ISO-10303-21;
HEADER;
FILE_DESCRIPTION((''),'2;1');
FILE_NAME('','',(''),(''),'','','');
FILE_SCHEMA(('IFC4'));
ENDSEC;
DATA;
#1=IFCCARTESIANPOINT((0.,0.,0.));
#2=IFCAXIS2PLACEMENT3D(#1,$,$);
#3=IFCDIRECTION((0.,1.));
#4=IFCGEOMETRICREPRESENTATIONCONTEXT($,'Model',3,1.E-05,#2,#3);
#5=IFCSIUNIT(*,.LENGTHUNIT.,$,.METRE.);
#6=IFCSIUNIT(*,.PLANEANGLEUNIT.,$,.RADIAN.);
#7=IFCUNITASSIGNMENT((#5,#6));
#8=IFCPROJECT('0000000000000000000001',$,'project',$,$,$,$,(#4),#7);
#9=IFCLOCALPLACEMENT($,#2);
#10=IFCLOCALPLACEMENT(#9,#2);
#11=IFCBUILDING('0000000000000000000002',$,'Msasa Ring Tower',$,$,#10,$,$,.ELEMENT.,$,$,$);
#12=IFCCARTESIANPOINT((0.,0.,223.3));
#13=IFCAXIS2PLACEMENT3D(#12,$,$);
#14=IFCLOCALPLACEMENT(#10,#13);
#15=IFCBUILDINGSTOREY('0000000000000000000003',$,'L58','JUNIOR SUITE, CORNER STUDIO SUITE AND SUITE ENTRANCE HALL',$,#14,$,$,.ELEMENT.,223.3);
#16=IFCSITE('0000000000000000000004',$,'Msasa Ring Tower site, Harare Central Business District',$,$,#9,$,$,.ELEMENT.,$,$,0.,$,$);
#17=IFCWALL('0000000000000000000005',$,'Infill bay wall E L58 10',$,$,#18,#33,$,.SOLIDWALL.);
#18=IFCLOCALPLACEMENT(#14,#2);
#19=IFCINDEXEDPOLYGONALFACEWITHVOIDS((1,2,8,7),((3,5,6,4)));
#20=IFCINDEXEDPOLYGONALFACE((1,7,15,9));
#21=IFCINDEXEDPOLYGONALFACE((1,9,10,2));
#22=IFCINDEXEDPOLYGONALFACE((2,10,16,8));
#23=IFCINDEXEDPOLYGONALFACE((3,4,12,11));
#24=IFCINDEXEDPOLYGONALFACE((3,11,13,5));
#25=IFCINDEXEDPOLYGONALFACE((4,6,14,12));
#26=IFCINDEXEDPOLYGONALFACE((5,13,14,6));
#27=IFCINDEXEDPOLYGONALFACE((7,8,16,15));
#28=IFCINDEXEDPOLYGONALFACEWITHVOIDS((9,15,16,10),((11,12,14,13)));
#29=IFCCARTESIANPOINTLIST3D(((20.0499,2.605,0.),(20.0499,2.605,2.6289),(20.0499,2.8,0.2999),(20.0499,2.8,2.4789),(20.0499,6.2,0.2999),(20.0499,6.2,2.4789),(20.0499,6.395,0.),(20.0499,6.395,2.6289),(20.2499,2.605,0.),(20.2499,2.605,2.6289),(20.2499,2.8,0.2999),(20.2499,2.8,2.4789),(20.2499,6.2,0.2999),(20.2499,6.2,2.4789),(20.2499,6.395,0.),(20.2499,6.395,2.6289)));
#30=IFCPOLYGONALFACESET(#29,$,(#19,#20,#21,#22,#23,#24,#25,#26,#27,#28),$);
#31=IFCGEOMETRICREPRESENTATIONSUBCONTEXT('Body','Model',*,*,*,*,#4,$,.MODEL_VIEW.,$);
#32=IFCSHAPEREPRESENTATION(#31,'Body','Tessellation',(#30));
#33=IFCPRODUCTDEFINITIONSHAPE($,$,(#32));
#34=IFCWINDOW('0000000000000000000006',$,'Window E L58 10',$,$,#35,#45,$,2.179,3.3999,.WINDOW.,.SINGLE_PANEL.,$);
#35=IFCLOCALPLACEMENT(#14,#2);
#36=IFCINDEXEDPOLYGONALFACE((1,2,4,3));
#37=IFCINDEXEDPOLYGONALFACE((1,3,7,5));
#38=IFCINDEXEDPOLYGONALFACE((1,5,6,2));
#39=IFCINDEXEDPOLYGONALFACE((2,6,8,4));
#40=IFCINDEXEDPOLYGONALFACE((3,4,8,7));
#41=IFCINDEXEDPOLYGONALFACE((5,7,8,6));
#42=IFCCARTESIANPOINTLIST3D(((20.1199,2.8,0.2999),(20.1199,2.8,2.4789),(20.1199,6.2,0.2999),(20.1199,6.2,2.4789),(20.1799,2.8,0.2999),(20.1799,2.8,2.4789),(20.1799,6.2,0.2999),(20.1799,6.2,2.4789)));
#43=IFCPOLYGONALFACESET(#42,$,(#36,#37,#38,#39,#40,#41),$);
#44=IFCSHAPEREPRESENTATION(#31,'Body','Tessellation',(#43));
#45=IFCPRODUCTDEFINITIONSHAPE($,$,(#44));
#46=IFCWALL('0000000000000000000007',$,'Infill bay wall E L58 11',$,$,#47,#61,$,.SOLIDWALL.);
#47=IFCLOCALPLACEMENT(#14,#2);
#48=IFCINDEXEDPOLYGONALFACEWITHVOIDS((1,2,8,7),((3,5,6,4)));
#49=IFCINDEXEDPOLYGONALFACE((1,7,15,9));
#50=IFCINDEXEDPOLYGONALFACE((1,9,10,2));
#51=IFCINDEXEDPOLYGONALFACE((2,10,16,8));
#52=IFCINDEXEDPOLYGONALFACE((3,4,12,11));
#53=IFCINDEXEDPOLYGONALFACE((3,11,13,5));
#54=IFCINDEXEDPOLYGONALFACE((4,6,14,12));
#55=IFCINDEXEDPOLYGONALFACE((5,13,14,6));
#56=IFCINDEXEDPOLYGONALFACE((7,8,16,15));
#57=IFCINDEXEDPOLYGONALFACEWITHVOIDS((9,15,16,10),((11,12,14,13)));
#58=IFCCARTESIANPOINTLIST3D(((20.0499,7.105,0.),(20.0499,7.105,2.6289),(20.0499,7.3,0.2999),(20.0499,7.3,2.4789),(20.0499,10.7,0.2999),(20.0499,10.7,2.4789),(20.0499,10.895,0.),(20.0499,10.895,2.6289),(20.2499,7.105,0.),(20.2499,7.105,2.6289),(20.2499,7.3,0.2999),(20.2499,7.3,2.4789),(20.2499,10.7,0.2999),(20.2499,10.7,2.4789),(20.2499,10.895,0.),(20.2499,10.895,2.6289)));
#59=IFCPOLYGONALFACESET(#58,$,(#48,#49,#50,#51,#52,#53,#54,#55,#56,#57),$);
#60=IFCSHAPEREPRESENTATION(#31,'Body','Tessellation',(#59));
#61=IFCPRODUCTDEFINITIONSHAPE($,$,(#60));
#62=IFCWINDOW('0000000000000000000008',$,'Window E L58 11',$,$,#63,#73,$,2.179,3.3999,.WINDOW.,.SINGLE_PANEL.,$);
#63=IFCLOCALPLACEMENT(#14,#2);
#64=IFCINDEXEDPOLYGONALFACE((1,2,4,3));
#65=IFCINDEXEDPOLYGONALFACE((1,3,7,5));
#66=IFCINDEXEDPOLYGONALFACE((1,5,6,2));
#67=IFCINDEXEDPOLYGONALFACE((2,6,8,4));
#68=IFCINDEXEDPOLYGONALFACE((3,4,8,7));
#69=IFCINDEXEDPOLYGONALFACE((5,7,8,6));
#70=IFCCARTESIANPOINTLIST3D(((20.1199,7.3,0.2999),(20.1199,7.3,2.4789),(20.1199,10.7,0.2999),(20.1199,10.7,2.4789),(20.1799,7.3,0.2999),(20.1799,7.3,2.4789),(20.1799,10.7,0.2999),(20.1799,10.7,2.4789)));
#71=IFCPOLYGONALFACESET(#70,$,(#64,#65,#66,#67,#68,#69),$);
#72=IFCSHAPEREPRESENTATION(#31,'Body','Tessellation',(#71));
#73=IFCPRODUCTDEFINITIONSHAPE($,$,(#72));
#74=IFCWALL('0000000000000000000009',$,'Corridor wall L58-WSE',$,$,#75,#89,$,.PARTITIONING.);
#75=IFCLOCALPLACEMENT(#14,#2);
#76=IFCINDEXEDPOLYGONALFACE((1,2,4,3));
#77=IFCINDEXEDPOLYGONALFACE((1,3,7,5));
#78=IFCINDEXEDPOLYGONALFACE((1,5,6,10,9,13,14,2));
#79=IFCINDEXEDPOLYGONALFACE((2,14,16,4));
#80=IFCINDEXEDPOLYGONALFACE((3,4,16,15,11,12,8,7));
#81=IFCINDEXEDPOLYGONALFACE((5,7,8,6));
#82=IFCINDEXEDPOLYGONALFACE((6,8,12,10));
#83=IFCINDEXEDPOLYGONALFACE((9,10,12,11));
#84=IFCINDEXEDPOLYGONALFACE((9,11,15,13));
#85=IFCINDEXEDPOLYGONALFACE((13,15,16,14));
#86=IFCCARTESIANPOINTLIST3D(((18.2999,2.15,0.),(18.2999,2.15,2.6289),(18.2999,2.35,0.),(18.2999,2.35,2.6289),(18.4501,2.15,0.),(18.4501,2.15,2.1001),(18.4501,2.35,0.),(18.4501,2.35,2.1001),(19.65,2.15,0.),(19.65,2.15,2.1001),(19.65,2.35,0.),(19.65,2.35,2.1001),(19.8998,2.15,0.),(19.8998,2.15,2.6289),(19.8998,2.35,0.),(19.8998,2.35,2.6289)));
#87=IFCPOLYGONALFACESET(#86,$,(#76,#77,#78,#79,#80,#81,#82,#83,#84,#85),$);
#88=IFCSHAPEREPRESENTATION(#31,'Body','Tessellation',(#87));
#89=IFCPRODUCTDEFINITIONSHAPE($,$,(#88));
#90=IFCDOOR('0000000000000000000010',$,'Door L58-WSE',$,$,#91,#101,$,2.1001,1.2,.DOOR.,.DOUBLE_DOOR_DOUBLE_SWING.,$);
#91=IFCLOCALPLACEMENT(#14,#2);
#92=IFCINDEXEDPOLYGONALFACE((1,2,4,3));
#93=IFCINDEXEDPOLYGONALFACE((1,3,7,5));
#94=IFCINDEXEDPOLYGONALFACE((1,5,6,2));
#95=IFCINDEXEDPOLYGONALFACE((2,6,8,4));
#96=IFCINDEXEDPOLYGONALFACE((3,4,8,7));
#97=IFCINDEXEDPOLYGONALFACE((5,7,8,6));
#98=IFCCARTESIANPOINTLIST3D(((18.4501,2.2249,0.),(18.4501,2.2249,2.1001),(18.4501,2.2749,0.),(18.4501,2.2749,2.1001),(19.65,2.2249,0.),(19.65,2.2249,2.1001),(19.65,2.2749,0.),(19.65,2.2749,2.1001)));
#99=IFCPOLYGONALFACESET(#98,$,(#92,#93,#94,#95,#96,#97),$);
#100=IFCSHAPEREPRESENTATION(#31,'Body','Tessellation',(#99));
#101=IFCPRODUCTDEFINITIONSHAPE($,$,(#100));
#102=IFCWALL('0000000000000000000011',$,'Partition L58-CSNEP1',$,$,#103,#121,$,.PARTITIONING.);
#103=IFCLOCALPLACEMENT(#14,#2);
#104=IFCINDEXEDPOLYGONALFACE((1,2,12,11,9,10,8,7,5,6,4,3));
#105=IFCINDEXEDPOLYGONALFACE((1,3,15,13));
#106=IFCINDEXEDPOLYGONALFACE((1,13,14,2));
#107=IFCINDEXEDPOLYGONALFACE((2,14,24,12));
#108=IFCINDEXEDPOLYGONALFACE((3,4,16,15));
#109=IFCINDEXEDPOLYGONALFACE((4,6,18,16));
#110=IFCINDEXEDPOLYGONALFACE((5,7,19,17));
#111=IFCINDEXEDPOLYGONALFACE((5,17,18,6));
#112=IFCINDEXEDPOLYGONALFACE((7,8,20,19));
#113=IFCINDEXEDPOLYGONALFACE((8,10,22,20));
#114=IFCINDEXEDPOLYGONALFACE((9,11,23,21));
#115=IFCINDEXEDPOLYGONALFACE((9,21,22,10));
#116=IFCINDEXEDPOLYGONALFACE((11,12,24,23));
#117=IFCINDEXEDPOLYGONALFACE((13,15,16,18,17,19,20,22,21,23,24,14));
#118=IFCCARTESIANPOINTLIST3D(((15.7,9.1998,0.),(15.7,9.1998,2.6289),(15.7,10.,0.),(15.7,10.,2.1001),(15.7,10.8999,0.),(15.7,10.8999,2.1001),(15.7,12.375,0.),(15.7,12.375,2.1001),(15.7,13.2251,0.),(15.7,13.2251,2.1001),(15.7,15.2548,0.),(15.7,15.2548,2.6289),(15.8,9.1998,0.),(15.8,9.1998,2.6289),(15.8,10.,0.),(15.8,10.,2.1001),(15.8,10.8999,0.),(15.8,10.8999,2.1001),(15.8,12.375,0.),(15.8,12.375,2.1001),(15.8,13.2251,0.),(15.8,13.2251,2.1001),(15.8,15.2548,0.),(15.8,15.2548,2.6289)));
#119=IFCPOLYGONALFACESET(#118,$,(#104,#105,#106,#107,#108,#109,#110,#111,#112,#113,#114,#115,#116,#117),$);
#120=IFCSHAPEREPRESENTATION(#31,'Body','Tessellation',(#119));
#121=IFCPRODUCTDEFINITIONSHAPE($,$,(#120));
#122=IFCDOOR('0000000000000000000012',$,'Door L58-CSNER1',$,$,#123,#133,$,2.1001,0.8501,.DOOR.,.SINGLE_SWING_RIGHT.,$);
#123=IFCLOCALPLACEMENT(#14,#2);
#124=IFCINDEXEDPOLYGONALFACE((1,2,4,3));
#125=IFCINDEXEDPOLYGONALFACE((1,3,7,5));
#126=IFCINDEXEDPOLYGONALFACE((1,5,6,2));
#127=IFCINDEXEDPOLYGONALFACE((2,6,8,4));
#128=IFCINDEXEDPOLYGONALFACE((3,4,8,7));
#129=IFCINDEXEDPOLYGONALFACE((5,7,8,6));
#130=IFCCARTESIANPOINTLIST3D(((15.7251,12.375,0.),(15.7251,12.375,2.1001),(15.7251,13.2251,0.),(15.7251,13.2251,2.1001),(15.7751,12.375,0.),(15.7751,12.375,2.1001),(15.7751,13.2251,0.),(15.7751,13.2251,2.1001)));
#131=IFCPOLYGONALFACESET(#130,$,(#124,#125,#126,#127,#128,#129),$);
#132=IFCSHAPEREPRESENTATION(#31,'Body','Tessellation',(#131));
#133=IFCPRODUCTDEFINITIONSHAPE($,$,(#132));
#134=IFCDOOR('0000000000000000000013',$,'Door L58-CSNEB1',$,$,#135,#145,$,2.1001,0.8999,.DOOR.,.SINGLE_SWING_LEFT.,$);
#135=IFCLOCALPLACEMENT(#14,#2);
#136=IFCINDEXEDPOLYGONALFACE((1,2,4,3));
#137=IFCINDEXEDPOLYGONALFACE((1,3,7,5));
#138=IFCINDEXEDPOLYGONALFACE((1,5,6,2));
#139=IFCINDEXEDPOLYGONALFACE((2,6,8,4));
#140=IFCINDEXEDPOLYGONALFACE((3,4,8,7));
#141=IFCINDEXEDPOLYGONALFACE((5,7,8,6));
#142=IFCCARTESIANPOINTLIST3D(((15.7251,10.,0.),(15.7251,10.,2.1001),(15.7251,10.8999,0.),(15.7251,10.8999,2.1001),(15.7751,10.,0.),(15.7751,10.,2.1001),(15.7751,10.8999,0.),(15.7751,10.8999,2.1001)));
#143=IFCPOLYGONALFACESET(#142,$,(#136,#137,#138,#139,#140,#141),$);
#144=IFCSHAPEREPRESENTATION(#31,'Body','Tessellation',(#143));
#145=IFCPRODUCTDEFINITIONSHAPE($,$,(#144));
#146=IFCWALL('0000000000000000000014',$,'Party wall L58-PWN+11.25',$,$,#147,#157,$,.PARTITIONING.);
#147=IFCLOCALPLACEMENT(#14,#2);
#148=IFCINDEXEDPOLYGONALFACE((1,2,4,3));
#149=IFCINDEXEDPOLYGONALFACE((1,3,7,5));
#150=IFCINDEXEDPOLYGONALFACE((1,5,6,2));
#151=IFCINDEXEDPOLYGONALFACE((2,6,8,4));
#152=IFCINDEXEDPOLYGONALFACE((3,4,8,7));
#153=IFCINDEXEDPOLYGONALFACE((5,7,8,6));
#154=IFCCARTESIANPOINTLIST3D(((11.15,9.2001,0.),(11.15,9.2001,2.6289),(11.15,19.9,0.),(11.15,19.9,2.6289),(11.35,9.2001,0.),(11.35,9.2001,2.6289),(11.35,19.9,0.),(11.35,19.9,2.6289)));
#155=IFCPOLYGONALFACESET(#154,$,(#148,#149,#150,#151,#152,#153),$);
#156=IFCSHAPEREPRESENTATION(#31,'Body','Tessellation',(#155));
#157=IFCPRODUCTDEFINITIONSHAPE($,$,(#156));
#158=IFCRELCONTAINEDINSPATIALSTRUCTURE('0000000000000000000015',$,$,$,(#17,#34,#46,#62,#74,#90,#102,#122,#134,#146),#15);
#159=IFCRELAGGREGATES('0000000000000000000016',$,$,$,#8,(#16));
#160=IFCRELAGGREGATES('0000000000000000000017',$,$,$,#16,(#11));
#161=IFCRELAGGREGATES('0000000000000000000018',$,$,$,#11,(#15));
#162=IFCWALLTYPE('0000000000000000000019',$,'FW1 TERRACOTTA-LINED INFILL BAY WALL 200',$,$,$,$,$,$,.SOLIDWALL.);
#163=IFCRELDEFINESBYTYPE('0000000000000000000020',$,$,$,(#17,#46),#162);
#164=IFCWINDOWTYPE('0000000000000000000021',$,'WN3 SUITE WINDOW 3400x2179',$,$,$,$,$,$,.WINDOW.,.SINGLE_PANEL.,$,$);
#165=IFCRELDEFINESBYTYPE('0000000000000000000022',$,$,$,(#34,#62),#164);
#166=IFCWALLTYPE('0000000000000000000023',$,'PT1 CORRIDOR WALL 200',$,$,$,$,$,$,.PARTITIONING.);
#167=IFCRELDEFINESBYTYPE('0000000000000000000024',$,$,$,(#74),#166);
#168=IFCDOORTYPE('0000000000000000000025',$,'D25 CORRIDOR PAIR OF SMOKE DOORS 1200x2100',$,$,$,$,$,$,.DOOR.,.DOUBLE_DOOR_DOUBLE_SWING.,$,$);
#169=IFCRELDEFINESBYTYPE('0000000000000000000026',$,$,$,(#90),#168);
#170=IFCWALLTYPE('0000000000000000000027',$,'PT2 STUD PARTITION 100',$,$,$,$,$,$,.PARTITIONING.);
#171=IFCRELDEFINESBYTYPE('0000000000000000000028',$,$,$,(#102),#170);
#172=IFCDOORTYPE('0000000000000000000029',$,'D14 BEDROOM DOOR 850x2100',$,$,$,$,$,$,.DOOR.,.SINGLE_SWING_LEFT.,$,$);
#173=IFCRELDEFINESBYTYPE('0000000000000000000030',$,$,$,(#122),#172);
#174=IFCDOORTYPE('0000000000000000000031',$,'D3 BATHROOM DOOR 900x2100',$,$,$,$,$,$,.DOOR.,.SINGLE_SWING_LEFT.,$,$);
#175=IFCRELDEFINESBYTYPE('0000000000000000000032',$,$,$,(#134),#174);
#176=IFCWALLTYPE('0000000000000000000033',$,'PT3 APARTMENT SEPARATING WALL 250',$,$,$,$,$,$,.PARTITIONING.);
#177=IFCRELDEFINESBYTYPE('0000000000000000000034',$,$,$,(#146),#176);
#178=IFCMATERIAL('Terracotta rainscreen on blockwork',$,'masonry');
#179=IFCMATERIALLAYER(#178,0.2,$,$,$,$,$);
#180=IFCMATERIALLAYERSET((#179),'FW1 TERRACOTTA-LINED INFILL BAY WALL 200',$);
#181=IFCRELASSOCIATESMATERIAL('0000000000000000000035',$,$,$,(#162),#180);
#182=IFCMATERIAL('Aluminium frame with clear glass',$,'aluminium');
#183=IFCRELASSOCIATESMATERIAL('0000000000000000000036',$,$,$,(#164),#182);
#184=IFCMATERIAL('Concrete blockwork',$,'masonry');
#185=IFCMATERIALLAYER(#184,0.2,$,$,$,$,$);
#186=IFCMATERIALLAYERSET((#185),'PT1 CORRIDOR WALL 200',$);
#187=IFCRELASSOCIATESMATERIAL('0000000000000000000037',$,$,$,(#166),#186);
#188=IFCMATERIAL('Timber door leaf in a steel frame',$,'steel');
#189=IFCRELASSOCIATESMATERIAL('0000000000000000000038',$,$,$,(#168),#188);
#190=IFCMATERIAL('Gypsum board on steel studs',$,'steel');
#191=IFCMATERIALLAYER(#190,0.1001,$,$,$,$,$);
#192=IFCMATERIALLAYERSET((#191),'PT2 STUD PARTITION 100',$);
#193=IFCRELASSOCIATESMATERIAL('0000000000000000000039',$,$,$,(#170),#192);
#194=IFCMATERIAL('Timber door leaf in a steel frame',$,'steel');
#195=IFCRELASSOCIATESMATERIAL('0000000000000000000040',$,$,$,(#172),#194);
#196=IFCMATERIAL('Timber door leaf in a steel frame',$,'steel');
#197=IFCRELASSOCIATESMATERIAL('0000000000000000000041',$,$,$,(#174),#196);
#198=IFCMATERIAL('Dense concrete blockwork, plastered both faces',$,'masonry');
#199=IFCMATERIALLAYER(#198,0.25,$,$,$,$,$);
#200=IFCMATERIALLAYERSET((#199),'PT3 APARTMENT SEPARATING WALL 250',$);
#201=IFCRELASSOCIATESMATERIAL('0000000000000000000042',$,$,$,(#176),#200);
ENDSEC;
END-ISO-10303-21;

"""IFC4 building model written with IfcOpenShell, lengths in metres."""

from ifc_helpers import new_model, si_unit, direction, frame, frame_2d, origin, place, context, subcontext, project, spatial, rectangle, extrude, material, layer, layer_set, type_object, element, fill, save


model = new_model("IFC4")

# Units and contexts
model_context = context("Model", 3, precision=1e-05, world=origin(), true_north=direction((0.0, 1.0)))
body_context = subcontext(model_context, "Body", "Model", "MODEL_VIEW")
ifc_project = project(units=[si_unit("LENGTHUNIT", "METRE"), si_unit("PLANEANGLEUNIT", "RADIAN")], contexts=[model_context])

# Site, building, storey
site_placement = place(None, origin())
site = spatial("IfcSite", under=ifc_project, at=site_placement, Name="Msasa Ring Tower site, Harare Central Business District", CompositionType="ELEMENT", RefElevation=0.0)
building_placement = place(site_placement, origin())
building = spatial("IfcBuilding", under=site, at=building_placement, Name="Msasa Ring Tower", CompositionType="ELEMENT")
storey_placement = place(building_placement, frame((0.0, 0.0, 223.3)))
storey = spatial("IfcBuildingStorey", under=building, at=storey_placement, Name="L58", Description="JUNIOR SUITE, CORNER STUDIO SUITE AND SUITE ENTRANCE HALL", CompositionType="ELEMENT", Elevation=223.3)

# Walls, openings, windows
ifc_material_1 = material(Name="Terracotta rainscreen on blockwork", Category="masonry")
ifc_layer_1 = layer(ifc_material_1, 0.2)
ifc_layer_set_1 = layer_set([ifc_layer_1], Name="FW1 TERRACOTTA-LINED INFILL BAY WALL 200")
wall_type_1 = type_object("IfcWallType", Name="FW1 TERRACOTTA-LINED INFILL BAY WALL 200", PredefinedType="SOLIDWALL", material=ifc_layer_set_1)
wall_1_placement = place(storey_placement, frame((20.1499, 2.605, 0.0), z_axis=(0.0, 0.0, 1.0), x_axis=(0.0, 1.0, 0.0)))
wall_1 = element("IfcWall", 1, at=wall_1_placement, inside=storey, type_object=wall_type_1, Name="Infill bay wall E L58 10", PredefinedType="SOLIDWALL", context=body_context, shape_type="SweptSolid", body=[
    extrude(rectangle(XDim=3.79, YDim=0.2, at=frame_2d((1.895, 0.0))), origin(), (0.0, 0.0, 1.0), 2.6289),
])
opening_1_placement = place(wall_1_placement, frame((0.1951, 0.0, 0.3)))
opening_1 = element("IfcOpeningElement", 2, at=opening_1_placement, cuts=wall_1, PredefinedType="OPENING", context=body_context, shape_type="SweptSolid", body=[
    extrude(rectangle(XDim=3.3999, YDim=2.179, at=frame_2d((1.7, 1.0894))), frame((0.0, 0.1099, 0.0), z_axis=(0.0, -1.0, 0.0), x_axis=(1.0, 0.0, 0.0)), (0.0, 0.0, 1.0), 0.22),
])
ifc_material_2 = material(Name="Aluminium frame with clear glass", Category="aluminium")
window_type = type_object("IfcWindowType", Name="WN3 SUITE WINDOW 3400x2179", PartitioningType="SINGLE_PANEL", PredefinedType="WINDOW", material=ifc_material_2)
window_1_placement = place(opening_1_placement, origin())
window_1 = element("IfcWindow", 3, at=window_1_placement, inside=storey, type_object=window_type, Name="Window E L58 10", OverallHeight=2.179, OverallWidth=3.3999, PartitioningType="SINGLE_PANEL", PredefinedType="WINDOW", context=body_context, shape_type="SweptSolid", body=[
    extrude(rectangle(XDim=3.3999, YDim=2.179, at=frame_2d((1.7, 1.0894))), frame((0.0, 0.03, 0.0), z_axis=(0.0, -1.0, 0.0), x_axis=(1.0, 0.0, 0.0)), (0.0, 0.0, 1.0), 0.0601),
])
fill(opening_1, window_1)
wall_2_placement = place(storey_placement, frame((20.1499, 7.105, 0.0), z_axis=(0.0, 0.0, 1.0), x_axis=(0.0, 1.0, 0.0)))
wall_2 = element("IfcWall", 4, at=wall_2_placement, inside=storey, type_object=wall_type_1, Name="Infill bay wall E L58 11", PredefinedType="SOLIDWALL", context=body_context, shape_type="SweptSolid", body=[
    extrude(rectangle(XDim=3.79, YDim=0.2, at=frame_2d((1.895, 0.0))), origin(), (0.0, 0.0, 1.0), 2.6289),
])
opening_2_placement = place(wall_2_placement, frame((0.1951, 0.0, 0.3)))
opening_2 = element("IfcOpeningElement", 5, at=opening_2_placement, cuts=wall_2, PredefinedType="OPENING", context=body_context, shape_type="SweptSolid", body=[
    extrude(rectangle(XDim=3.3999, YDim=2.179, at=frame_2d((1.7, 1.0894))), frame((0.0, 0.1099, 0.0), z_axis=(0.0, -1.0, 0.0), x_axis=(1.0, 0.0, 0.0)), (0.0, 0.0, 1.0), 0.22),
])
window_2_placement = place(opening_2_placement, origin())
window_2 = element("IfcWindow", 6, at=window_2_placement, inside=storey, type_object=window_type, Name="Window E L58 11", OverallHeight=2.179, OverallWidth=3.3999, PartitioningType="SINGLE_PANEL", PredefinedType="WINDOW", context=body_context, shape_type="SweptSolid", body=[
    extrude(rectangle(XDim=3.3999, YDim=2.179, at=frame_2d((1.7, 1.0894))), frame((0.0, 0.03, 0.0), z_axis=(0.0, -1.0, 0.0), x_axis=(1.0, 0.0, 0.0)), (0.0, 0.0, 1.0), 0.0601),
])
fill(opening_2, window_2)

# Wall, opening, door
ifc_material_3 = material(Name="Concrete blockwork", Category="masonry")
ifc_layer_2 = layer(ifc_material_3, 0.2)
ifc_layer_set_2 = layer_set([ifc_layer_2], Name="PT1 CORRIDOR WALL 200")
wall_type_2 = type_object("IfcWallType", Name="PT1 CORRIDOR WALL 200", PredefinedType="PARTITIONING", material=ifc_layer_set_2)
wall_3_placement = place(storey_placement, frame((18.3, 2.25, 0.0), z_axis=(0.0, 0.0, 1.0), x_axis=(1.0, 0.0, 0.0)))
wall_3 = element("IfcWall", 7, at=wall_3_placement, inside=storey, type_object=wall_type_2, Name="Corridor wall L58-WSE", PredefinedType="PARTITIONING", context=body_context, shape_type="SweptSolid", body=[
    extrude(rectangle(XDim=1.5999, YDim=0.2, at=frame_2d((0.7998, 0.0))), origin(), (0.0, 0.0, 1.0), 2.6289),
])
opening_3_placement = place(wall_3_placement, frame((0.1499, 0.0, 0.0)))
opening_3 = element("IfcOpeningElement", 8, at=opening_3_placement, cuts=wall_3, PredefinedType="OPENING", context=body_context, shape_type="SweptSolid", body=[
    extrude(rectangle(XDim=1.2, YDim=2.1001, at=frame_2d((0.6001, 1.05))), frame((0.0, 0.1099, 0.0), z_axis=(0.0, -1.0, 0.0), x_axis=(1.0, 0.0, 0.0)), (0.0, 0.0, 1.0), 0.22),
])
ifc_material_4 = material(Name="Timber door leaf in a steel frame", Category="steel")
door_type_1 = type_object("IfcDoorType", Name="D25 CORRIDOR PAIR OF SMOKE DOORS 1200x2100", OperationType="DOUBLE_DOOR_DOUBLE_SWING", PredefinedType="DOOR", material=ifc_material_4)
door_1_placement = place(opening_3_placement, origin())
door_1 = element("IfcDoor", 9, at=door_1_placement, inside=storey, type_object=door_type_1, Name="Door L58-WSE", OperationType="DOUBLE_DOOR_DOUBLE_SWING", OverallHeight=2.1001, OverallWidth=1.2, PredefinedType="DOOR", context=body_context, shape_type="SweptSolid", body=[
    extrude(rectangle(XDim=1.2, YDim=2.1001, at=frame_2d((0.6001, 1.05))), frame((0.0, 0.0249, 0.0), z_axis=(0.0, -1.0, 0.0), x_axis=(1.0, 0.0, 0.0)), (0.0, 0.0, 1.0), 0.05),
])
fill(opening_3, door_1)

# Wall, openings, doors
ifc_material_5 = material(Name="Gypsum board on steel studs", Category="steel")
ifc_layer_3 = layer(ifc_material_5, 0.1001)
ifc_layer_set_3 = layer_set([ifc_layer_3], Name="PT2 STUD PARTITION 100")
wall_type_3 = type_object("IfcWallType", Name="PT2 STUD PARTITION 100", PredefinedType="PARTITIONING", material=ifc_layer_set_3)
wall_4_placement = place(storey_placement, frame((15.75, 9.2, 0.0), z_axis=(0.0, 0.0, 1.0), x_axis=(0.0, 1.0, 0.0)))
wall_4 = element("IfcWall", 10, at=wall_4_placement, inside=storey, type_object=wall_type_3, Name="Partition L58-CSNEP1", PredefinedType="PARTITIONING", context=body_context, shape_type="SweptSolid", body=[
    extrude(rectangle(XDim=6.0549, YDim=0.1001, at=frame_2d((3.0273, 0.0))), origin(), (0.0, 0.0, 1.0), 2.6289),
])
opening_4_placement = place(wall_4_placement, frame((3.175, 0.0, 0.0)))
opening_4 = element("IfcOpeningElement", 11, at=opening_4_placement, cuts=wall_4, PredefinedType="OPENING", context=body_context, shape_type="SweptSolid", body=[
    extrude(rectangle(XDim=0.8501, YDim=2.1001, at=frame_2d((0.425, 1.05))), frame((0.0, 0.0601, 0.0), z_axis=(0.0, -1.0, 0.0), x_axis=(1.0, 0.0, 0.0)), (0.0, 0.0, 1.0), 0.1201),
])
opening_5_placement = place(wall_4_placement, frame((0.8, 0.0, 0.0)))
opening_5 = element("IfcOpeningElement", 12, at=opening_5_placement, cuts=wall_4, PredefinedType="OPENING", context=body_context, shape_type="SweptSolid", body=[
    extrude(rectangle(XDim=0.8999, YDim=2.1001, at=frame_2d((0.45, 1.05))), frame((0.0, 0.0601, 0.0), z_axis=(0.0, -1.0, 0.0), x_axis=(1.0, 0.0, 0.0)), (0.0, 0.0, 1.0), 0.1201),
])
ifc_material_6 = material(Name="Timber door leaf in a steel frame", Category="steel")
door_type_2 = type_object("IfcDoorType", Name="D14 BEDROOM DOOR 850x2100", OperationType="SINGLE_SWING_LEFT", PredefinedType="DOOR", material=ifc_material_6)
door_2_placement = place(opening_4_placement, origin())
door_2 = element("IfcDoor", 13, at=door_2_placement, inside=storey, type_object=door_type_2, Name="Door L58-CSNER1", OperationType="SINGLE_SWING_RIGHT", OverallHeight=2.1001, OverallWidth=0.8501, PredefinedType="DOOR", context=body_context, shape_type="SweptSolid", body=[
    extrude(rectangle(XDim=0.8501, YDim=2.1001, at=frame_2d((0.425, 1.05))), frame((0.0, 0.0249, 0.0), z_axis=(0.0, -1.0, 0.0), x_axis=(1.0, 0.0, 0.0)), (0.0, 0.0, 1.0), 0.05),
])
fill(opening_4, door_2)
ifc_material_7 = material(Name="Timber door leaf in a steel frame", Category="steel")
door_type_3 = type_object("IfcDoorType", Name="D3 BATHROOM DOOR 900x2100", OperationType="SINGLE_SWING_LEFT", PredefinedType="DOOR", material=ifc_material_7)
door_3_placement = place(opening_5_placement, origin())
door_3 = element("IfcDoor", 14, at=door_3_placement, inside=storey, type_object=door_type_3, Name="Door L58-CSNEB1", OperationType="SINGLE_SWING_LEFT", OverallHeight=2.1001, OverallWidth=0.8999, PredefinedType="DOOR", context=body_context, shape_type="SweptSolid", body=[
    extrude(rectangle(XDim=0.8999, YDim=2.1001, at=frame_2d((0.45, 1.05))), frame((0.0, 0.0249, 0.0), z_axis=(0.0, -1.0, 0.0), x_axis=(1.0, 0.0, 0.0)), (0.0, 0.0, 1.0), 0.05),
])
fill(opening_5, door_3)

# Wall
ifc_material_8 = material(Name="Dense concrete blockwork, plastered both faces", Category="masonry")
ifc_layer_4 = layer(ifc_material_8, 0.25)
ifc_layer_set_4 = layer_set([ifc_layer_4], Name="PT3 APARTMENT SEPARATING WALL 250")
wall_type_4 = type_object("IfcWallType", Name="PT3 APARTMENT SEPARATING WALL 250", PredefinedType="PARTITIONING", material=ifc_layer_set_4)
wall_5_placement = place(storey_placement, frame((11.25, 9.2, 0.0), z_axis=(0.0, 0.0, 1.0), x_axis=(0.0, 1.0, 0.0)))
element("IfcWall", 15, at=wall_5_placement, inside=storey, type_object=wall_type_4, Name="Party wall L58-PWN+11.25", PredefinedType="PARTITIONING", context=body_context, shape_type="SweptSolid", body=[
    extrude(rectangle(XDim=10.7, YDim=0.2, at=frame_2d((5.3501, 0.0))), origin(), (0.0, 0.0, 1.0), 2.6289),
])

save(model, "model.ifc")
